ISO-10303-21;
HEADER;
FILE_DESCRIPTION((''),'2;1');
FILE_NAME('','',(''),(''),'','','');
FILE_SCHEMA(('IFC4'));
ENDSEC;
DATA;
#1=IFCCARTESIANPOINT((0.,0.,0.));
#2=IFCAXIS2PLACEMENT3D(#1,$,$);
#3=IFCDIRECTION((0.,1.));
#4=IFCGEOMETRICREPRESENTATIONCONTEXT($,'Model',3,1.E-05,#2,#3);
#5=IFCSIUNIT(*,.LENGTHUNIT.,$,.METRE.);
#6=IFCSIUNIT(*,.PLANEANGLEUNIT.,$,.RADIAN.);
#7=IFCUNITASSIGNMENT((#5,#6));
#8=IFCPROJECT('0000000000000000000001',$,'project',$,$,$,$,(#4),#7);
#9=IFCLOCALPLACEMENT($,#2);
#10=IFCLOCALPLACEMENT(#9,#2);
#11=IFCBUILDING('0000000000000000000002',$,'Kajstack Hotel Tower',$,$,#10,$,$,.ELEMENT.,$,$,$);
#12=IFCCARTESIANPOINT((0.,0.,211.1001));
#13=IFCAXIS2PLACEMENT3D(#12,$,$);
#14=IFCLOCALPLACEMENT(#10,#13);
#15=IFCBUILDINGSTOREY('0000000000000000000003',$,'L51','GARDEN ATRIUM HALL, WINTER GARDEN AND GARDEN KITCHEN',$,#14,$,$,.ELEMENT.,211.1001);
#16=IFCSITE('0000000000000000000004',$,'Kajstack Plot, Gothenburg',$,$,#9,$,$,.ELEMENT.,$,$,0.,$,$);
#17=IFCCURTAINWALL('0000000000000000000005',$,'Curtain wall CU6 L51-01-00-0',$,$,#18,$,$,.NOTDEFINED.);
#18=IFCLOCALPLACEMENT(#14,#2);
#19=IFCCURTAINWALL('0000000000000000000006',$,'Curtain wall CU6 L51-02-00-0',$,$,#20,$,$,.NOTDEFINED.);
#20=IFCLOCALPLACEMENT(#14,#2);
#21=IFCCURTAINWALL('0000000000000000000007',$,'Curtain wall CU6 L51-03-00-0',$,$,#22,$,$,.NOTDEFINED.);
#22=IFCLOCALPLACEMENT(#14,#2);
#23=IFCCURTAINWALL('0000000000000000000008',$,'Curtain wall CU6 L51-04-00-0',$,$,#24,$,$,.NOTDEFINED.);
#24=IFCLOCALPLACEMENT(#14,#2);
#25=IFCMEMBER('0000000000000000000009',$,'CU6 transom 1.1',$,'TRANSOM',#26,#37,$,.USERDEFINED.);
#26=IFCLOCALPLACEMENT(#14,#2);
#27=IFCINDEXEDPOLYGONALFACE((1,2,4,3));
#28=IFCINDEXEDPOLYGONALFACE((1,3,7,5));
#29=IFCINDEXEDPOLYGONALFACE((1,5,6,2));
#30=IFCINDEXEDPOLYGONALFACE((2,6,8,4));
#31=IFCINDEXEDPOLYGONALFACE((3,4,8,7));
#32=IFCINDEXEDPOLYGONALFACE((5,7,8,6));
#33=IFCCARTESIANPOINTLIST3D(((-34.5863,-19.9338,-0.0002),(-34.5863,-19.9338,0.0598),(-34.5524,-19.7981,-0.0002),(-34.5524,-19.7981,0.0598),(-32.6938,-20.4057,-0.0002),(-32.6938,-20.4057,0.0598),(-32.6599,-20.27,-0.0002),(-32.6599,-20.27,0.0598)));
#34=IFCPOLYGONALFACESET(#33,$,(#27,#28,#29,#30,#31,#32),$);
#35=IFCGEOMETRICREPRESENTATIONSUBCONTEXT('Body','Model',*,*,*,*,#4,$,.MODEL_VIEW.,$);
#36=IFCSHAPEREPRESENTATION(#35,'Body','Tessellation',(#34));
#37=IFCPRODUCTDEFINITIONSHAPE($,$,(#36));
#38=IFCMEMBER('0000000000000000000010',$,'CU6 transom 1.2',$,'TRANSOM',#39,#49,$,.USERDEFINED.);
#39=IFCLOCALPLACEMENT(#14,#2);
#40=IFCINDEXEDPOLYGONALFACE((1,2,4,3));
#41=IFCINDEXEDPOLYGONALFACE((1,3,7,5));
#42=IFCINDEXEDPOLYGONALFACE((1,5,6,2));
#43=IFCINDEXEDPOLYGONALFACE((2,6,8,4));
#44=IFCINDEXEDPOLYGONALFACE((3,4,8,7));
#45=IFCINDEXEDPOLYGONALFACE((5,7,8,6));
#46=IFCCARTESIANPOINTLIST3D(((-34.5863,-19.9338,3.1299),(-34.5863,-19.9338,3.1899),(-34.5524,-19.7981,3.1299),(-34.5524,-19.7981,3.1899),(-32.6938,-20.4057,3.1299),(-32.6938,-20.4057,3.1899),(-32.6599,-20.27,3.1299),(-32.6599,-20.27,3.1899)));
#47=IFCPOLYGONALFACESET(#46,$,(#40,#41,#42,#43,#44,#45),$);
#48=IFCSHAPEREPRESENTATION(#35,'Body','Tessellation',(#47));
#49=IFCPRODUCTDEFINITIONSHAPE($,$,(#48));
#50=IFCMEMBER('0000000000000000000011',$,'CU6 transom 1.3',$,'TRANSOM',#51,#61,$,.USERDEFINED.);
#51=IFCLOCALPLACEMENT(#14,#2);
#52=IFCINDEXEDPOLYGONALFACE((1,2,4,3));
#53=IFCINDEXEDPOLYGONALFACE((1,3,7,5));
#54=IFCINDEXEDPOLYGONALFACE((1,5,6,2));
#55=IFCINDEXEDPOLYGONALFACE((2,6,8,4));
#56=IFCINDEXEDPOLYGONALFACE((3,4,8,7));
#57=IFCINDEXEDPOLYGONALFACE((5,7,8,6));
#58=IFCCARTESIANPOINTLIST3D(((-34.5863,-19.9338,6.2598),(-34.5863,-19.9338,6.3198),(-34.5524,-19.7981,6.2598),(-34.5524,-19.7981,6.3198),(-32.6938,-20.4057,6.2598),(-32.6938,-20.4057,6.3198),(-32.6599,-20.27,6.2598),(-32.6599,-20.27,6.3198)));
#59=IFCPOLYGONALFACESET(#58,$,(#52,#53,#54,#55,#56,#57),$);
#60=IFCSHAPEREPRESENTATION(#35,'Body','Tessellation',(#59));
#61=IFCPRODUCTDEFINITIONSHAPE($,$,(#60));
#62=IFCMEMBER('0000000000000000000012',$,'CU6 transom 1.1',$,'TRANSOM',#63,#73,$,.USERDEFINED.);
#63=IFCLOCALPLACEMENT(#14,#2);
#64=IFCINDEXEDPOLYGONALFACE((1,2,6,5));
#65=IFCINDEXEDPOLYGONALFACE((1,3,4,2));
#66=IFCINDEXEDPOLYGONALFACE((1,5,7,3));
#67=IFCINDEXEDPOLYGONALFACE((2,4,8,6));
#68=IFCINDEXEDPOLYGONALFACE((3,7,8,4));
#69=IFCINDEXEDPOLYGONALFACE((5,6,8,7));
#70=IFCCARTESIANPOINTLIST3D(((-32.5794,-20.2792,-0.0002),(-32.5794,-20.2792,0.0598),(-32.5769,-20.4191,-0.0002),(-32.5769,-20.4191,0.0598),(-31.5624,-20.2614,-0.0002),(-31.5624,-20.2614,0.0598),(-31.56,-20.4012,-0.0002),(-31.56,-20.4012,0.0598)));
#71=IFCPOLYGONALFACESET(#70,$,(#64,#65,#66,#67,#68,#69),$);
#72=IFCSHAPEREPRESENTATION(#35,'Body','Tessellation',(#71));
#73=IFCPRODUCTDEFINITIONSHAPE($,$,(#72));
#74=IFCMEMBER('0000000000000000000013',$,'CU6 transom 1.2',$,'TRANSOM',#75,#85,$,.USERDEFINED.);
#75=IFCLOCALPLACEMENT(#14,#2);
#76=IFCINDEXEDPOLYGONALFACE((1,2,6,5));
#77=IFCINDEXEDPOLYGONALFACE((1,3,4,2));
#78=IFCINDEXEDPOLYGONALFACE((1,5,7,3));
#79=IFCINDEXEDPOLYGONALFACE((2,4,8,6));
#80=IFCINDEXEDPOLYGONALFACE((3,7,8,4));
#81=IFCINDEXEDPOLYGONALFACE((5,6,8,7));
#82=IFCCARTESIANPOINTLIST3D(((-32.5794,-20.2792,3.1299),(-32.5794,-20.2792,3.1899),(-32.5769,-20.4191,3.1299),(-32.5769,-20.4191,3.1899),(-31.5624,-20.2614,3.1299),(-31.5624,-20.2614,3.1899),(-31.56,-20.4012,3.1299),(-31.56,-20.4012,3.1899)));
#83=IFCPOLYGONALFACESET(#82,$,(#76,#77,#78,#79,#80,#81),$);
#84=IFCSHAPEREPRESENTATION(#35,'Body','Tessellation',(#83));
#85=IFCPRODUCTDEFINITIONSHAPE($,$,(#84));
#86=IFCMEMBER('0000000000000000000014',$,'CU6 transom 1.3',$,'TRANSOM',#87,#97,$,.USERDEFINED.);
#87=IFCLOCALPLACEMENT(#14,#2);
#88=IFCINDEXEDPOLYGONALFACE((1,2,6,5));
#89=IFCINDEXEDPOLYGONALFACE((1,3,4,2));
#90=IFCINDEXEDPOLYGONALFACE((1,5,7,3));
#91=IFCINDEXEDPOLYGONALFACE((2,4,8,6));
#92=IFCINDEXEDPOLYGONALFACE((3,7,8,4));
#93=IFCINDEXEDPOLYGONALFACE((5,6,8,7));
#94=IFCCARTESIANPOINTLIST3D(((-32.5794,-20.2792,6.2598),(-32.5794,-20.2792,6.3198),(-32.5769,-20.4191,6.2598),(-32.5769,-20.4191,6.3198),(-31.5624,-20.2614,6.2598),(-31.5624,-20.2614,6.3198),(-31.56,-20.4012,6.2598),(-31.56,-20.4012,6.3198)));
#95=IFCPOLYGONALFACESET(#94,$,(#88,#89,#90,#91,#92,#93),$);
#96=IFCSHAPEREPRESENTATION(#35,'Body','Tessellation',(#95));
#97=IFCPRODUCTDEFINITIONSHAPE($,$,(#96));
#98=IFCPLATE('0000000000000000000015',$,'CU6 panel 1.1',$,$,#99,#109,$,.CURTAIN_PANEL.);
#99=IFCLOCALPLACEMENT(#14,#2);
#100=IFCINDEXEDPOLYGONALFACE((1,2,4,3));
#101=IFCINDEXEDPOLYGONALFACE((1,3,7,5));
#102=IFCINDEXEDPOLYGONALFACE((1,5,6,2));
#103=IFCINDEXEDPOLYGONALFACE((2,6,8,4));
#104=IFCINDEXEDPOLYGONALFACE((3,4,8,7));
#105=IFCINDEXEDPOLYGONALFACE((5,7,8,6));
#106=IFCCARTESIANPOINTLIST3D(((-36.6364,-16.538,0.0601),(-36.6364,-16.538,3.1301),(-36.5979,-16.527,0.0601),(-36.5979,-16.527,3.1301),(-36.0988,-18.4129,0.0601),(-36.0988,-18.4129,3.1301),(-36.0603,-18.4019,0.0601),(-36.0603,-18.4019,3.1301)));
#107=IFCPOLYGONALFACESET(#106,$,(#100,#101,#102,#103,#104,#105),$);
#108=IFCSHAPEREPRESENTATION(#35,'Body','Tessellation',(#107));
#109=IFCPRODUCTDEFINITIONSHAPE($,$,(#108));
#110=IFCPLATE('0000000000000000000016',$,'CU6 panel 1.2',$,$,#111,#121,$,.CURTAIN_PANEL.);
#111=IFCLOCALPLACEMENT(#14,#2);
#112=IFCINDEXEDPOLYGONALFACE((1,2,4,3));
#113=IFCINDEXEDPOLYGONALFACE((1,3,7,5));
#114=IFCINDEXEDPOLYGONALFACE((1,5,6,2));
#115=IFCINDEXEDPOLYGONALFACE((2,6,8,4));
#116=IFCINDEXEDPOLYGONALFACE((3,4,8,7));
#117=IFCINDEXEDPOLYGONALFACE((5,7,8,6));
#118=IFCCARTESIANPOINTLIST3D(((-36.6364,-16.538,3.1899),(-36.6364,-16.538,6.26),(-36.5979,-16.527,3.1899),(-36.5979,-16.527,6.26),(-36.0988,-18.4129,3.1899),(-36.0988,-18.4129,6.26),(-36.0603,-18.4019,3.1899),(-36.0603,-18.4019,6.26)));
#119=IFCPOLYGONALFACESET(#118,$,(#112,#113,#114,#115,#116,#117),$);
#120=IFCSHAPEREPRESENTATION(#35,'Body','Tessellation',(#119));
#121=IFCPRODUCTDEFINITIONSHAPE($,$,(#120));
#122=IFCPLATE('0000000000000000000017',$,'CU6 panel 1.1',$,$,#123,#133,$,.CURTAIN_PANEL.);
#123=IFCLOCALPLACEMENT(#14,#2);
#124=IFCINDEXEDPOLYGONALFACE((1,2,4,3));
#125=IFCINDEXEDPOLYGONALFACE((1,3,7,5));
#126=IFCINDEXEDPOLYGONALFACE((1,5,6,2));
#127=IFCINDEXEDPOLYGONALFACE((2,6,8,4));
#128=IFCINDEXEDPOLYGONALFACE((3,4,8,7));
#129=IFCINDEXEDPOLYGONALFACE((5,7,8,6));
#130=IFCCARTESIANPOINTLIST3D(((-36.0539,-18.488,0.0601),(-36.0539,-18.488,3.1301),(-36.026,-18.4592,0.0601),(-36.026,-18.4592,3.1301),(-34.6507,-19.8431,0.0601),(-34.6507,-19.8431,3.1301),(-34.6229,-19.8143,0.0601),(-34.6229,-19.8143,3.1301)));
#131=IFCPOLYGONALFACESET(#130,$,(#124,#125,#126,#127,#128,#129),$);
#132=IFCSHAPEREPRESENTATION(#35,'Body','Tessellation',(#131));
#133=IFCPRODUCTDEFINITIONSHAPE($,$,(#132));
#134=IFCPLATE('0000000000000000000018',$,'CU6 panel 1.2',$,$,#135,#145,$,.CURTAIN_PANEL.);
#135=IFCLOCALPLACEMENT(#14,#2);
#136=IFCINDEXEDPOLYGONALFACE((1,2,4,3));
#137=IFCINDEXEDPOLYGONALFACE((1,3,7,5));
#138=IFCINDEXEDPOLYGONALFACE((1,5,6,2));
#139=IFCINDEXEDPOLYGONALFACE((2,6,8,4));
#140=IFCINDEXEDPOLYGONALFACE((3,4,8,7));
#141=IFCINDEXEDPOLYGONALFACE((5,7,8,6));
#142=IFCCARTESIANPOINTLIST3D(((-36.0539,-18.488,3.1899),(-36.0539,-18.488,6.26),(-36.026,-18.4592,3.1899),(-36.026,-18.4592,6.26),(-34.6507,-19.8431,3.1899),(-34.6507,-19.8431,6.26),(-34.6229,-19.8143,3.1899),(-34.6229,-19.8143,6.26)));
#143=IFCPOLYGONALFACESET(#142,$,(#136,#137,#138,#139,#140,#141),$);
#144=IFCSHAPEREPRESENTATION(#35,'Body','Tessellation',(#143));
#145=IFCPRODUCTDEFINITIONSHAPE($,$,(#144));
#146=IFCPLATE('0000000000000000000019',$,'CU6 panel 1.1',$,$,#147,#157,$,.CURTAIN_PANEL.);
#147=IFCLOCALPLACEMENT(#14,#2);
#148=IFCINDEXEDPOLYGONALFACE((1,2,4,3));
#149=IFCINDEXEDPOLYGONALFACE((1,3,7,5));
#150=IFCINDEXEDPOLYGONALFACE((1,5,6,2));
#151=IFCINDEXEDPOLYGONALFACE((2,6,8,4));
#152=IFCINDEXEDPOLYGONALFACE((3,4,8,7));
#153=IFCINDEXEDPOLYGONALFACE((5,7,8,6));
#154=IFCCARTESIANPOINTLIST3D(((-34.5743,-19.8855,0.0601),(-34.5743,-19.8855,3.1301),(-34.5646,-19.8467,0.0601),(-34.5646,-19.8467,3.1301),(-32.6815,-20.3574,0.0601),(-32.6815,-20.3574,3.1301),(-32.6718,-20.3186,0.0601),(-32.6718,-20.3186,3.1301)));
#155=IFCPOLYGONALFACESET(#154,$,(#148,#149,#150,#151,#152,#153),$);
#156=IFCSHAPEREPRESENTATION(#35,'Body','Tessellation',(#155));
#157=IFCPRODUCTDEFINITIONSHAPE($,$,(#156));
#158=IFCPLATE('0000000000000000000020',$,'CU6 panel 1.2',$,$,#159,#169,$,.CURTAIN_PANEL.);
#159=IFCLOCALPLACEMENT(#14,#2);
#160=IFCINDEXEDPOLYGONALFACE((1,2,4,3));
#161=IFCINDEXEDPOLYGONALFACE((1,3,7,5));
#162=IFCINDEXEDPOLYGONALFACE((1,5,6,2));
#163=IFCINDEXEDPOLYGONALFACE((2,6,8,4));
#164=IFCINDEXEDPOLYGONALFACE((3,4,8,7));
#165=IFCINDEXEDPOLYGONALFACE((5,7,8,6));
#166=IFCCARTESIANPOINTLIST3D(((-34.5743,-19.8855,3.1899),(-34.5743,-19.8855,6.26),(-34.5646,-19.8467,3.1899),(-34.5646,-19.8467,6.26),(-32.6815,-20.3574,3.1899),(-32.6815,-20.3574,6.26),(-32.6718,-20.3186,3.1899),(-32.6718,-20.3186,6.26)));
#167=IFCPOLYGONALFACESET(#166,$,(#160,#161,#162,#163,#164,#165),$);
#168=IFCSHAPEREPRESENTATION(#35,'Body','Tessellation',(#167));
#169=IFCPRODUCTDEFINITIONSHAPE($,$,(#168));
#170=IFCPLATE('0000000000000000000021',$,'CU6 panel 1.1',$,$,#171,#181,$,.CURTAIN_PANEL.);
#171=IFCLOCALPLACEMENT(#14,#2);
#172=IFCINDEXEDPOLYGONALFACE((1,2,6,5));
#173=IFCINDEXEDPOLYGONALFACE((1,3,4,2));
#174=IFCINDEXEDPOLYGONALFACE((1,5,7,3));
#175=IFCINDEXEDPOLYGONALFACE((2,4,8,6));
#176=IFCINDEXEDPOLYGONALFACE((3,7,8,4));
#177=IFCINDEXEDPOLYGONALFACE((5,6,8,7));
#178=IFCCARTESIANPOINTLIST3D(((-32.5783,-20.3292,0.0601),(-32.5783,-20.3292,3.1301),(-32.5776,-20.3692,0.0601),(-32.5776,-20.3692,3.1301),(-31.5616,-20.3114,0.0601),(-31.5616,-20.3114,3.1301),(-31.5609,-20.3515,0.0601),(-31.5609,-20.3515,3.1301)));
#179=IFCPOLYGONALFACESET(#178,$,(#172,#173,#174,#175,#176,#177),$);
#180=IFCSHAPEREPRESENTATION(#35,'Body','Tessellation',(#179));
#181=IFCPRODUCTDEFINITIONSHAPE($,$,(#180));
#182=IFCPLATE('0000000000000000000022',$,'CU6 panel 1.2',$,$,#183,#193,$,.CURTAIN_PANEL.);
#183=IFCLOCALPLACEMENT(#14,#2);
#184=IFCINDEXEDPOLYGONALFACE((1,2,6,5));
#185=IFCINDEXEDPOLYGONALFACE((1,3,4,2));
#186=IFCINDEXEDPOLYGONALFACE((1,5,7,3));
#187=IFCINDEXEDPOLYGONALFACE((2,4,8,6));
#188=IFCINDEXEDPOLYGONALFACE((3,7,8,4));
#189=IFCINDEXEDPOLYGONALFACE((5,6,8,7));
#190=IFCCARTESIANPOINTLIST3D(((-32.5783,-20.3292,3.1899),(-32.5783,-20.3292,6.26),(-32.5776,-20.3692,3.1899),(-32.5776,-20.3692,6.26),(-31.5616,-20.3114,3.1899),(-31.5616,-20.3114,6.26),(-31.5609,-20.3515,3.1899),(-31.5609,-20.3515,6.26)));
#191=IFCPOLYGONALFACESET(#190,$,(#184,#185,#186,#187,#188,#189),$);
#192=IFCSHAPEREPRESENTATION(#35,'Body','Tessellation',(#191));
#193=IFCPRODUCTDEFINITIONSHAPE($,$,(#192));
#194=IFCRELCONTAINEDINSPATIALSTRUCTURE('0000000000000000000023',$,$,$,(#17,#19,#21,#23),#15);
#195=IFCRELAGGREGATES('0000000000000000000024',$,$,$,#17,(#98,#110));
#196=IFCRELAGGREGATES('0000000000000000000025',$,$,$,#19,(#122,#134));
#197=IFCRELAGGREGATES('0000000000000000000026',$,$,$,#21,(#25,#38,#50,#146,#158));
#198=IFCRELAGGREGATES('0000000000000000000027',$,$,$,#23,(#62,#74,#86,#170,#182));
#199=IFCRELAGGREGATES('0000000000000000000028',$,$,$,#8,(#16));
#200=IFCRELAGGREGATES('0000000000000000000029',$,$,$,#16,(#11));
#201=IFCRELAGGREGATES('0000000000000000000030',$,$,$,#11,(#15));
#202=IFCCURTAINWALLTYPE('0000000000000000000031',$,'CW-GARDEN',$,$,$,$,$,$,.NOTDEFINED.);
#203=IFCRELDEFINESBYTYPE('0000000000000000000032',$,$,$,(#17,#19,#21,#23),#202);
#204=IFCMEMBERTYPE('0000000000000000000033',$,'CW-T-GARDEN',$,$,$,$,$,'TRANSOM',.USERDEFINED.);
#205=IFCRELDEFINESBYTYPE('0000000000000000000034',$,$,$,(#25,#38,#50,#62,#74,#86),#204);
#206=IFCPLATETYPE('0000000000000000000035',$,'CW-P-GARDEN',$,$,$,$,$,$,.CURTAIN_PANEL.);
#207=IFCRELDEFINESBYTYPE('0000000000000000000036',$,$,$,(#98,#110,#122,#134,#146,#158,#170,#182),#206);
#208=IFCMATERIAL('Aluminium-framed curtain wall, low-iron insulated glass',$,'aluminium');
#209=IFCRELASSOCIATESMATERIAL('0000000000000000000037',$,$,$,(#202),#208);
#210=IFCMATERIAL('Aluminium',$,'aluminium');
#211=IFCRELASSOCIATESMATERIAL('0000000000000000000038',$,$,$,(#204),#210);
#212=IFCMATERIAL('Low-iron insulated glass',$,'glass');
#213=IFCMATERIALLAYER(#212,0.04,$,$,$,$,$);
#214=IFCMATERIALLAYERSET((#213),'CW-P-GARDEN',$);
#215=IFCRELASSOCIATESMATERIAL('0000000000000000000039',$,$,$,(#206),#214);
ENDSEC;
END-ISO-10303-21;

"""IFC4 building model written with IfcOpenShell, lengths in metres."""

from ifc_helpers import new_model, si_unit, direction, frame, origin, origin_2d, place, context, subcontext, project, spatial, rectangle, extrude, material, layer, layer_set, material_profile, profile_set, type_object, element, aggregate, save


model = new_model("IFC4")

# Units and contexts
model_context = context("Model", 3, precision=1e-05, world=origin(), true_north=direction((0.0, 1.0)))
body_context = subcontext(model_context, "Body", "Model", "MODEL_VIEW")
ifc_project = project(units=[si_unit("LENGTHUNIT", "METRE"), si_unit("PLANEANGLEUNIT", "RADIAN")], contexts=[model_context])

# Site, building, storey
site_placement = place(None, origin())
site = spatial("IfcSite", under=ifc_project, at=site_placement, Name="Kajstack Plot, Gothenburg", CompositionType="ELEMENT", RefElevation=0.0)
building_placement = place(site_placement, origin())
building = spatial("IfcBuilding", under=site, at=building_placement, Name="Kajstack Hotel Tower", CompositionType="ELEMENT")
storey_placement = place(building_placement, frame((0.0, 0.0, 211.1001)))
storey = spatial("IfcBuildingStorey", under=building, at=storey_placement, Name="L51", Description="GARDEN ATRIUM HALL, WINTER GARDEN AND GARDEN KITCHEN", CompositionType="ELEMENT", Elevation=211.1001)

# Shared definitions
ifc_material_1 = material(Name="Aluminium-framed curtain wall, low-iron insulated glass", Category="aluminium")
curtain_wall_type = type_object("IfcCurtainWallType", Name="CW-GARDEN", PredefinedType="NOTDEFINED", material=ifc_material_1)
ifc_material_2 = material(Name="Aluminium", Category="aluminium")

# Curtain walls
curtain_wall_1_placement = place(storey_placement, origin())
curtain_wall_1 = element("IfcCurtainWall", 1, at=curtain_wall_1_placement, inside=storey, type_object=curtain_wall_type, Name="Curtain wall CU6 L51-01-00-0", PredefinedType="NOTDEFINED")
curtain_wall_2_placement = place(storey_placement, origin())
curtain_wall_2 = element("IfcCurtainWall", 2, at=curtain_wall_2_placement, inside=storey, type_object=curtain_wall_type, Name="Curtain wall CU6 L51-02-00-0", PredefinedType="NOTDEFINED")
curtain_wall_3_placement = place(storey_placement, origin())
curtain_wall_3 = element("IfcCurtainWall", 3, at=curtain_wall_3_placement, inside=storey, type_object=curtain_wall_type, Name="Curtain wall CU6 L51-03-00-0", PredefinedType="NOTDEFINED")
curtain_wall_4_placement = place(storey_placement, origin())
curtain_wall_4 = element("IfcCurtainWall", 4, at=curtain_wall_4_placement, inside=storey, type_object=curtain_wall_type, Name="Curtain wall CU6 L51-04-00-0", PredefinedType="NOTDEFINED")

# Members
ifc_material_profile_1 = material_profile(ifc_material_2, rectangle(XDim=0.1399, YDim=0.0601, at=origin_2d()), Name="Aluminium transom 140 x 60")
ifc_profile_set_1 = profile_set([ifc_material_profile_1], Name="Aluminium")
member_type_1 = type_object("IfcMemberType", Name="CW-T-GARDEN", ElementType="TRANSOM", PredefinedType="USERDEFINED", material=ifc_profile_set_1)
member_1_placement = place(storey_placement, frame((-34.5693, -19.866, 0.0298), z_axis=(0.97029, -0.241947, 0.0), x_axis=(0.241947, 0.97029, 0.0)))
member_1 = element("IfcMember", 5, at=member_1_placement, type_object=member_type_1, Name="CU6 transom 1.1", ObjectType="TRANSOM", PredefinedType="USERDEFINED", context=body_context, shape_type="SweptSolid", body=[
    extrude(rectangle(XDim=0.1399, YDim=0.0601, at=origin_2d()), origin(), (0.0, 0.0, 1.0), 1.9504),
])
member_2_placement = place(storey_placement, frame((-34.5693, -19.866, 3.1599), z_axis=(0.97029, -0.241947, 0.0), x_axis=(0.241947, 0.97029, 0.0)))
member_2 = element("IfcMember", 6, at=member_2_placement, type_object=member_type_1, Name="CU6 transom 1.2", ObjectType="TRANSOM", PredefinedType="USERDEFINED", context=body_context, shape_type="SweptSolid", body=[
    extrude(rectangle(XDim=0.1399, YDim=0.0601, at=origin_2d()), origin(), (0.0, 0.0, 1.0), 1.9504),
])
member_3_placement = place(storey_placement, frame((-34.5693, -19.866, 6.2898), z_axis=(0.97029, -0.241947, 0.0), x_axis=(0.241947, 0.97029, 0.0)))
member_3 = element("IfcMember", 7, at=member_3_placement, type_object=member_type_1, Name="CU6 transom 1.3", ObjectType="TRANSOM", PredefinedType="USERDEFINED", context=body_context, shape_type="SweptSolid", body=[
    extrude(rectangle(XDim=0.1399, YDim=0.0601, at=origin_2d()), origin(), (0.0, 0.0, 1.0), 1.9504),
])
member_4_placement = place(storey_placement, frame((-32.5781, -20.3491, 0.0298), z_axis=(0.999846, 0.017524, 0.0), x_axis=(-0.017524, 0.999846, 0.0)))
member_4 = element("IfcMember", 8, at=member_4_placement, type_object=member_type_1, Name="CU6 transom 1.1", ObjectType="TRANSOM", PredefinedType="USERDEFINED", context=body_context, shape_type="SweptSolid", body=[
    extrude(rectangle(XDim=0.1399, YDim=0.0601, at=origin_2d()), origin(), (0.0, 0.0, 1.0), 1.0171),
])
member_5_placement = place(storey_placement, frame((-32.5781, -20.3491, 3.1599), z_axis=(0.999846, 0.017524, 0.0), x_axis=(-0.017524, 0.999846, 0.0)))
member_5 = element("IfcMember", 9, at=member_5_placement, type_object=member_type_1, Name="CU6 transom 1.2", ObjectType="TRANSOM", PredefinedType="USERDEFINED", context=body_context, shape_type="SweptSolid", body=[
    extrude(rectangle(XDim=0.1399, YDim=0.0601, at=origin_2d()), origin(), (0.0, 0.0, 1.0), 1.0171),
])
member_6_placement = place(storey_placement, frame((-32.5781, -20.3491, 6.2898), z_axis=(0.999846, 0.017524, 0.0), x_axis=(-0.017524, 0.999846, 0.0)))
member_6 = element("IfcMember", 10, at=member_6_placement, type_object=member_type_1, Name="CU6 transom 1.3", ObjectType="TRANSOM", PredefinedType="USERDEFINED", context=body_context, shape_type="SweptSolid", body=[
    extrude(rectangle(XDim=0.1399, YDim=0.0601, at=origin_2d()), origin(), (0.0, 0.0, 1.0), 1.0171),
])

# Plates
ifc_material_3 = material(Name="Low-iron insulated glass", Category="glass")
ifc_layer_1 = layer(ifc_material_3, 0.04)
ifc_layer_set_1 = layer_set([ifc_layer_1], Name="CW-P-GARDEN")
plate_type = type_object("IfcPlateType", Name="CW-P-GARDEN", PredefinedType="CURTAIN_PANEL", material=ifc_layer_set_1)
plate_1_placement = place(storey_placement, frame((-36.3484, -17.47, 0.0601), z_axis=(0.0, 0.0, 1.0), x_axis=(0.275633, -0.961263, 0.0)))
plate_1 = element("IfcPlate", 11, at=plate_1_placement, type_object=plate_type, Name="CU6 panel 1.1", PredefinedType="CURTAIN_PANEL", context=body_context, shape_type="SweptSolid", body=[
    extrude(rectangle(XDim=1.9504, YDim=0.04, at=origin_2d()), origin(), (0.0, 0.0, 1.0), 3.0701),
])
plate_2_placement = place(storey_placement, frame((-36.3484, -17.47, 3.1899), z_axis=(0.0, 0.0, 1.0), x_axis=(0.275633, -0.961263, 0.0)))
plate_2 = element("IfcPlate", 12, at=plate_2_placement, type_object=plate_type, Name="CU6 panel 1.2", PredefinedType="CURTAIN_PANEL", context=body_context, shape_type="SweptSolid", body=[
    extrude(rectangle(XDim=1.9504, YDim=0.04, at=origin_2d()), origin(), (0.0, 0.0, 1.0), 3.0701),
])
aggregate(curtain_wall_1, [plate_1, plate_2])
plate_3_placement = place(storey_placement, frame((-35.3384, -19.1511, 0.0601), z_axis=(0.0, 0.0, 1.0), x_axis=(0.719315, -0.694684, 0.0)))
plate_3 = element("IfcPlate", 13, at=plate_3_placement, type_object=plate_type, Name="CU6 panel 1.1", PredefinedType="CURTAIN_PANEL", context=body_context, shape_type="SweptSolid", body=[
    extrude(rectangle(XDim=1.9507, YDim=0.04, at=origin_2d()), origin(), (0.0, 0.0, 1.0), 3.0701),
])
plate_4_placement = place(storey_placement, frame((-35.3384, -19.1511, 3.1899), z_axis=(0.0, 0.0, 1.0), x_axis=(0.719315, -0.694684, 0.0)))
plate_4 = element("IfcPlate", 14, at=plate_4_placement, type_object=plate_type, Name="CU6 panel 1.2", PredefinedType="CURTAIN_PANEL", context=body_context, shape_type="SweptSolid", body=[
    extrude(rectangle(XDim=1.9507, YDim=0.04, at=origin_2d()), origin(), (0.0, 0.0, 1.0), 3.0701),
])
aggregate(curtain_wall_2, [plate_3, plate_4])
plate_5_placement = place(storey_placement, frame((-33.623, -20.1021, 0.0601), z_axis=(0.0, 0.0, 1.0), x_axis=(0.970299, -0.241911, 0.0)))
plate_5 = element("IfcPlate", 15, at=plate_5_placement, type_object=plate_type, Name="CU6 panel 1.1", PredefinedType="CURTAIN_PANEL", context=body_context, shape_type="SweptSolid", body=[
    extrude(rectangle(XDim=1.9507, YDim=0.04, at=origin_2d()), origin(), (0.0, 0.0, 1.0), 3.0701),
])
plate_6_placement = place(storey_placement, frame((-33.623, -20.1021, 3.1899), z_axis=(0.0, 0.0, 1.0), x_axis=(0.970299, -0.241911, 0.0)))
plate_6 = element("IfcPlate", 16, at=plate_6_placement, type_object=plate_type, Name="CU6 panel 1.2", PredefinedType="CURTAIN_PANEL", context=body_context, shape_type="SweptSolid", body=[
    extrude(rectangle(XDim=1.9507, YDim=0.04, at=origin_2d()), origin(), (0.0, 0.0, 1.0), 3.0701),
])
aggregate(curtain_wall_3, [member_1, member_2, member_3, plate_5, plate_6])
plate_7_placement = place(storey_placement, frame((-32.0696, -20.3403, 0.0601), z_axis=(0.0, 0.0, 1.0), x_axis=(0.999848, 0.017453, 0.0)))
plate_7 = element("IfcPlate", 17, at=plate_7_placement, type_object=plate_type, Name="CU6 panel 1.1", PredefinedType="CURTAIN_PANEL", context=body_context, shape_type="SweptSolid", body=[
    extrude(rectangle(XDim=1.0168, YDim=0.04, at=origin_2d()), origin(), (0.0, 0.0, 1.0), 3.0701),
])
plate_8_placement = place(storey_placement, frame((-32.0696, -20.3403, 3.1899), z_axis=(0.0, 0.0, 1.0), x_axis=(0.999848, 0.017453, 0.0)))
plate_8 = element("IfcPlate", 18, at=plate_8_placement, type_object=plate_type, Name="CU6 panel 1.2", PredefinedType="CURTAIN_PANEL", context=body_context, shape_type="SweptSolid", body=[
    extrude(rectangle(XDim=1.0168, YDim=0.04, at=origin_2d()), origin(), (0.0, 0.0, 1.0), 3.0701),
])
aggregate(curtain_wall_4, [member_4, member_5, member_6, plate_7, plate_8])

save(model, "model.ifc")
